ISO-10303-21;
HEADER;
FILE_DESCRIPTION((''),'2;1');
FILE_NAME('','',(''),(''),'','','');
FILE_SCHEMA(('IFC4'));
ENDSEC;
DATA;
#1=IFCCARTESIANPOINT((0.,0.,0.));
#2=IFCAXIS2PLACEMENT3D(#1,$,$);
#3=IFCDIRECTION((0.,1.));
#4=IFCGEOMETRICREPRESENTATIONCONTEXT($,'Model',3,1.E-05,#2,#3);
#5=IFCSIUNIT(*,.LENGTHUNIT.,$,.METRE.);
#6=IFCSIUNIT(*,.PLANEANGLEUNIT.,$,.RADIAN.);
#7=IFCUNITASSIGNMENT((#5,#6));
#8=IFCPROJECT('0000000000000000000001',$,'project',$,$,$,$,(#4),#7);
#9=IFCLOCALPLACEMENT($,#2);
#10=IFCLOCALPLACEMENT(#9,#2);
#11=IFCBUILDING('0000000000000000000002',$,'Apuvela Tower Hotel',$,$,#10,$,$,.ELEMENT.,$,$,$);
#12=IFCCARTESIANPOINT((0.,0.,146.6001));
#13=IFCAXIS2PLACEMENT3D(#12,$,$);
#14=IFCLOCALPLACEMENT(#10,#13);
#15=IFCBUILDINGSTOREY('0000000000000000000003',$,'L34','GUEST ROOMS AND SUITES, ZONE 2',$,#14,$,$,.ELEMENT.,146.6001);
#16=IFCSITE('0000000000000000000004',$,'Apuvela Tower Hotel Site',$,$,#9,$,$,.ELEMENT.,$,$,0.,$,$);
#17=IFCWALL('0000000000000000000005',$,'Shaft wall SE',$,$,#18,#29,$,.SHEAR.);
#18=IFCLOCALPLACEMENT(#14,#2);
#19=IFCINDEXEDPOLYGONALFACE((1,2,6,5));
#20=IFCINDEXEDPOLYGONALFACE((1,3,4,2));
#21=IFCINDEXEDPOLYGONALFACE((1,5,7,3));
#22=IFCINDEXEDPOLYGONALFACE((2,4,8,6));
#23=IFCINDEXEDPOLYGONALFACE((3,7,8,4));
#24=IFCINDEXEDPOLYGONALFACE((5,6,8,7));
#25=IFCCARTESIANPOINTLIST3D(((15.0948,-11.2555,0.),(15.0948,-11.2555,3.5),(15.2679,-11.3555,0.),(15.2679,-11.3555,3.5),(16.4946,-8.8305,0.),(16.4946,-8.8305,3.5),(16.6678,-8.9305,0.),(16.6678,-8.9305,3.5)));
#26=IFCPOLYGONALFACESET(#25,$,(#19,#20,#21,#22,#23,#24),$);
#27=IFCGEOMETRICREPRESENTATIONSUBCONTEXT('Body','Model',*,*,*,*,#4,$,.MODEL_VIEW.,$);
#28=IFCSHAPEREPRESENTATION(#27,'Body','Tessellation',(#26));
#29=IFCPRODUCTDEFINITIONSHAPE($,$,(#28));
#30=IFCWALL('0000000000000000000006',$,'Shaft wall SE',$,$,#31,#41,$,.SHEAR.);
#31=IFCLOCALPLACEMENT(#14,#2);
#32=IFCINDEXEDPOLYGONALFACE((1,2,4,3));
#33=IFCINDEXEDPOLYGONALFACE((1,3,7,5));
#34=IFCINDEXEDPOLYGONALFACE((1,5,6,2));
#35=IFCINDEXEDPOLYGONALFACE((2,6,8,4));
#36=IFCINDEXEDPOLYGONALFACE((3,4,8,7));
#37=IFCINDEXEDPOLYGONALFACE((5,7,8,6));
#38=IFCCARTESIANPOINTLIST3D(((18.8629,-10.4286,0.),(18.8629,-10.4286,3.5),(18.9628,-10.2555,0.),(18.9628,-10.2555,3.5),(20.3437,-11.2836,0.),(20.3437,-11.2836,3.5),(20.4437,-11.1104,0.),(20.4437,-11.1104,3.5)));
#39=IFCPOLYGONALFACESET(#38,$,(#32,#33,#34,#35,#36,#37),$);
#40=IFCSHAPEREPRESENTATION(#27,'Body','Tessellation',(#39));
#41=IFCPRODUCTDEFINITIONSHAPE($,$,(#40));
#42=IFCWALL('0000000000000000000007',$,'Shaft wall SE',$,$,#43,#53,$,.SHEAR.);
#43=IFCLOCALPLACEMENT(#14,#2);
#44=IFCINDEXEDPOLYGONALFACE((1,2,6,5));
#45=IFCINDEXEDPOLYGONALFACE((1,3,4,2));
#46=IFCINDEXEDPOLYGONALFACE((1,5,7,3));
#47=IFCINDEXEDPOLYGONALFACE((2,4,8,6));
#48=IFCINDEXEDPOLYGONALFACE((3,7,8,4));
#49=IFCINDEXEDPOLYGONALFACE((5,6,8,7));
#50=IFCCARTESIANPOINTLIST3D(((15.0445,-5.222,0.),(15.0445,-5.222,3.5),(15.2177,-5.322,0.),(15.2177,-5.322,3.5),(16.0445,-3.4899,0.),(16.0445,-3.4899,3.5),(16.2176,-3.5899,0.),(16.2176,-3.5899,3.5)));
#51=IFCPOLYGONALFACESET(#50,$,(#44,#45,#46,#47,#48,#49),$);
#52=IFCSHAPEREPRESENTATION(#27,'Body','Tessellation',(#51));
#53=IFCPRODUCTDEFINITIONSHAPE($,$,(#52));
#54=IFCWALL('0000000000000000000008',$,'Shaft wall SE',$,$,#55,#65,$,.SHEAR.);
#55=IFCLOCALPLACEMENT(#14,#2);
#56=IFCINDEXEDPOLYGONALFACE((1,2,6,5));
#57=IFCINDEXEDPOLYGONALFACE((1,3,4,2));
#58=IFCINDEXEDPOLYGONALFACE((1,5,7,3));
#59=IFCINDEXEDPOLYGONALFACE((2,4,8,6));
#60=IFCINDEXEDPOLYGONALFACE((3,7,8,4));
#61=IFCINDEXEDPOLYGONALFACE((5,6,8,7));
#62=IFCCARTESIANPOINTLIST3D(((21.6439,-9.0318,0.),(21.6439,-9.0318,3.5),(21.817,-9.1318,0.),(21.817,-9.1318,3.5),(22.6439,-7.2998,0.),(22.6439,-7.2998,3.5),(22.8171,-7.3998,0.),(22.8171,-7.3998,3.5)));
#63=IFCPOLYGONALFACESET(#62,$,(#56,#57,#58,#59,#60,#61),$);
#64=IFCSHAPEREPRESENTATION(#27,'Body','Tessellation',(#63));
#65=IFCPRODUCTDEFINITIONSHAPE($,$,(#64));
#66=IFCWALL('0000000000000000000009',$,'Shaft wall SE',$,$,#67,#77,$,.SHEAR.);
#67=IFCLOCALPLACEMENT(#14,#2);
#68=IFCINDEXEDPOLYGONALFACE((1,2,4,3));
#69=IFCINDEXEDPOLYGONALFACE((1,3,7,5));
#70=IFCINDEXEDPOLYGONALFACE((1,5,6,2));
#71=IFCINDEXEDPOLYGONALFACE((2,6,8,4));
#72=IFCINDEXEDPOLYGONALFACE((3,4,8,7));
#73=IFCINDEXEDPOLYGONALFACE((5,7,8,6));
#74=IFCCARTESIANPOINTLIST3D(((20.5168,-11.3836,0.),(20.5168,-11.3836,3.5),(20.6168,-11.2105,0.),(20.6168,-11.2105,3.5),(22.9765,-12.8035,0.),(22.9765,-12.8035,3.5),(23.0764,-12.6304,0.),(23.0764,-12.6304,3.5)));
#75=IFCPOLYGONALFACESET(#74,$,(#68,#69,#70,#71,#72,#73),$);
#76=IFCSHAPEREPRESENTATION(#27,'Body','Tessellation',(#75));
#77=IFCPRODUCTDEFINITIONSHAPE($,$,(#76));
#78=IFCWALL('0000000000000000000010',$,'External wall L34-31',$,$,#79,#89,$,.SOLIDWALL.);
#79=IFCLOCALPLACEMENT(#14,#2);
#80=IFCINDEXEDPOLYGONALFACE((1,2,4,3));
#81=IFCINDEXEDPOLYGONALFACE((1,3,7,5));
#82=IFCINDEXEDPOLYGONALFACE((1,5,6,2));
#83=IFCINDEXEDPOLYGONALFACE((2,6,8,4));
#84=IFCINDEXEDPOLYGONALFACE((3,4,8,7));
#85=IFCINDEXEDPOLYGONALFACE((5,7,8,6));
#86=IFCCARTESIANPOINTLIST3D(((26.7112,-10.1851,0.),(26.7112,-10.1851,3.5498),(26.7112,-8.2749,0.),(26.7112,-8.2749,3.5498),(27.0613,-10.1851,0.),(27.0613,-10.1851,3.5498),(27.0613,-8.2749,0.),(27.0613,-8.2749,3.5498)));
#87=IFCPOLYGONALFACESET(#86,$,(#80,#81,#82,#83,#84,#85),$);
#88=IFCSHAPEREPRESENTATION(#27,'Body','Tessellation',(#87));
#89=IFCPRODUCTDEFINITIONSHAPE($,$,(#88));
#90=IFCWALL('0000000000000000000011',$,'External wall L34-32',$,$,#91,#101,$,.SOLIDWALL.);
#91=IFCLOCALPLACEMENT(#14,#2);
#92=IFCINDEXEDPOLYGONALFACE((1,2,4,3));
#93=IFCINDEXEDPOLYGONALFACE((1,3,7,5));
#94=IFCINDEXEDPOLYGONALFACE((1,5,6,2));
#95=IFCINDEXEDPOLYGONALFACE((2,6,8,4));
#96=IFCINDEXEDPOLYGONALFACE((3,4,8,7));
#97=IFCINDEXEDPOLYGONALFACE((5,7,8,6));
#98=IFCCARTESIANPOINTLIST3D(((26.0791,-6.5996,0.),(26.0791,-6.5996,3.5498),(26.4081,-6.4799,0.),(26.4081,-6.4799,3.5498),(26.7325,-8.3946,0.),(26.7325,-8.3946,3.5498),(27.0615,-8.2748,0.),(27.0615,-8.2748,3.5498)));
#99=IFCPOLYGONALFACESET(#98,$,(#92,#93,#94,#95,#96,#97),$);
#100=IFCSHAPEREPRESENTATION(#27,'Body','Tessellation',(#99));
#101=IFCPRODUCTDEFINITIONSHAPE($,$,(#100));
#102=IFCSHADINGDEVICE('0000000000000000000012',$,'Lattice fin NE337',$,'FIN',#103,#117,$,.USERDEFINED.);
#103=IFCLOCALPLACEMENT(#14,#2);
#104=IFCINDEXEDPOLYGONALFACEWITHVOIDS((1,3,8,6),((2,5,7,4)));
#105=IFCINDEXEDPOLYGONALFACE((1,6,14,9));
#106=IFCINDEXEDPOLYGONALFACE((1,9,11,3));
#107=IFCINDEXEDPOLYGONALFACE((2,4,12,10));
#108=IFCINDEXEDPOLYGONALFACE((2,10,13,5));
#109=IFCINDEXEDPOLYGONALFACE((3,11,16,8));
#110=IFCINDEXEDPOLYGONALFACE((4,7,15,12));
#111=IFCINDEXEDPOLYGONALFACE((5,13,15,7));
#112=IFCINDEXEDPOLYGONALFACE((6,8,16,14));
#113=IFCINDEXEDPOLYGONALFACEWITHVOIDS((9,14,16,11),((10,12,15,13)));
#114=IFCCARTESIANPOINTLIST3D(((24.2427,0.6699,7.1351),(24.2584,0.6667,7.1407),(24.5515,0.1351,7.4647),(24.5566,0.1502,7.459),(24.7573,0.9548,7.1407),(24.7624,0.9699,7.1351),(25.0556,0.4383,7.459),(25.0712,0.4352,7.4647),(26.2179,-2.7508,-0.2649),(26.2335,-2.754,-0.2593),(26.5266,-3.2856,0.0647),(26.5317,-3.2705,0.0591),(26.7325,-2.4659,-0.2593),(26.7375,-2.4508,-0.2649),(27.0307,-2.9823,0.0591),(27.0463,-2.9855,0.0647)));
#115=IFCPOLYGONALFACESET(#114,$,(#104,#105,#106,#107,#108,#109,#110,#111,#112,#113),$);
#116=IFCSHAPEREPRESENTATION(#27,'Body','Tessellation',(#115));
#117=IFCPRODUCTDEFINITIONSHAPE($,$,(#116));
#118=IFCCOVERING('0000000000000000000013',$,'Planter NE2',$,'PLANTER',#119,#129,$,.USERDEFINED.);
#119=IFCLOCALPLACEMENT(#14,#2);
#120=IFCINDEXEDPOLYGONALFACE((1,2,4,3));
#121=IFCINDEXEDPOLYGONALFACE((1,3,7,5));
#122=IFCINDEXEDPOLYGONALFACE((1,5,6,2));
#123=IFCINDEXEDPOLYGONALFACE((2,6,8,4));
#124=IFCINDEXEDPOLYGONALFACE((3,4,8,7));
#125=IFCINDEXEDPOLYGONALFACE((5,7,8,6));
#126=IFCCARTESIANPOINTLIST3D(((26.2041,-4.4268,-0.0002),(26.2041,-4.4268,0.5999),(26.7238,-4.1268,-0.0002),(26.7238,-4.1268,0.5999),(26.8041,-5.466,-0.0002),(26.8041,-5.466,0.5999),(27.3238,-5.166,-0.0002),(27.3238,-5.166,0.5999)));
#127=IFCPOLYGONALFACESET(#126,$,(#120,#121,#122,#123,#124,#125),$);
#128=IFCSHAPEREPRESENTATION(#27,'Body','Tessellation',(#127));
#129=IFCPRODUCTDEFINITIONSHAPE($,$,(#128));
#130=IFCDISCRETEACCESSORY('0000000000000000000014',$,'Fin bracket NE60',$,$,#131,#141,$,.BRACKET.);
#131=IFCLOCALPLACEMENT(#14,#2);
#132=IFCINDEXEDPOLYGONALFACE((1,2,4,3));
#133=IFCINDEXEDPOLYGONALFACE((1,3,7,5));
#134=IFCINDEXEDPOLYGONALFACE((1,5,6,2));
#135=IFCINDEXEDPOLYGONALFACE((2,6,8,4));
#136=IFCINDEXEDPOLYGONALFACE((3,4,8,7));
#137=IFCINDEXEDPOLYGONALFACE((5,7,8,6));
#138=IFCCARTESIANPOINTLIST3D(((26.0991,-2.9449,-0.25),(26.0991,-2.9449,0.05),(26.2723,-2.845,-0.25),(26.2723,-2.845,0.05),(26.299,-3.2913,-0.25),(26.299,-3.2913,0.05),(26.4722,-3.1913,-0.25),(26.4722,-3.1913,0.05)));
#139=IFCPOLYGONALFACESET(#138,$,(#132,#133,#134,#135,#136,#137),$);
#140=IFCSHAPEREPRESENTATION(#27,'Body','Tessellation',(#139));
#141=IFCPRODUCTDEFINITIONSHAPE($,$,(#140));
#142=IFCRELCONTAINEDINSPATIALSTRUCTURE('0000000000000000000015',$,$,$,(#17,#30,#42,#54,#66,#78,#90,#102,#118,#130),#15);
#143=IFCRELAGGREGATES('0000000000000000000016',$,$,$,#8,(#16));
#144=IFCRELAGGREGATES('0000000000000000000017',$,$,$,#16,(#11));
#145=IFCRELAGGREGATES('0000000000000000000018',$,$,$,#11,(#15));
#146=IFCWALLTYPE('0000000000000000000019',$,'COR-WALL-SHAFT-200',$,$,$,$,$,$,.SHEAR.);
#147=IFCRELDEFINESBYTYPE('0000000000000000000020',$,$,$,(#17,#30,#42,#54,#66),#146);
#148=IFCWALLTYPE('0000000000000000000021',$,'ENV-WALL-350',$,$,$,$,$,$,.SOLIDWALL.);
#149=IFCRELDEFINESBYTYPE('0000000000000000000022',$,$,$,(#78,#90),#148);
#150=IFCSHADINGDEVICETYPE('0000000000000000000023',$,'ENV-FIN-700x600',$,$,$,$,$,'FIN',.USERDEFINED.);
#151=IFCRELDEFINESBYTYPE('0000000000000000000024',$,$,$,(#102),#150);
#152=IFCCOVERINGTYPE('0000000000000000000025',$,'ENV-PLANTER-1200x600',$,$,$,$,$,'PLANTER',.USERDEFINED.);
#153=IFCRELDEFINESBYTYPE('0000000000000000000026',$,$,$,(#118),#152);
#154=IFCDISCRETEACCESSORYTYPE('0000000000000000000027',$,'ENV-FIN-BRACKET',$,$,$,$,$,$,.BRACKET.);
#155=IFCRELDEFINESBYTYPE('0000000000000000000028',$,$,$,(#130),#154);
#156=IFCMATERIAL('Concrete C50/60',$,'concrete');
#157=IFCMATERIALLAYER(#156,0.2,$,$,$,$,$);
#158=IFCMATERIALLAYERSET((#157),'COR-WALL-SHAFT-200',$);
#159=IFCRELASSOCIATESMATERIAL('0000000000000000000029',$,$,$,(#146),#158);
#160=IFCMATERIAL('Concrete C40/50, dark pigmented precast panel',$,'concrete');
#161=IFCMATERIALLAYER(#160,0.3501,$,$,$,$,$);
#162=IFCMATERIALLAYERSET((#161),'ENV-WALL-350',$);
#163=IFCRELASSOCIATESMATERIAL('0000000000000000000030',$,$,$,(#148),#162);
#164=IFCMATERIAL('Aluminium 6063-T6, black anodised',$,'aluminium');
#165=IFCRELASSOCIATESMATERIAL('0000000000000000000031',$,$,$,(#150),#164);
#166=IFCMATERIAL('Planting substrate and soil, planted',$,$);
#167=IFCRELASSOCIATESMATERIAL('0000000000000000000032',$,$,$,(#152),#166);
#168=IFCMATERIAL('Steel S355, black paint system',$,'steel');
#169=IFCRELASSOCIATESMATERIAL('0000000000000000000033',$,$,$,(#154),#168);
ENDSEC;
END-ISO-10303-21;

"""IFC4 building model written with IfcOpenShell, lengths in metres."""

from ifc_helpers import new_model, si_unit, direction, frame, frame_2d, origin, origin_2d, place, context, subcontext, project, spatial, rectangle, hollow_rectangle, extrude, material, layer, layer_set, material_profile, profile_set, type_object, element, save


model = new_model("IFC4")

# Units and contexts
model_context = context("Model", 3, precision=1e-05, world=origin(), true_north=direction((0.0, 1.0)))
body_context = subcontext(model_context, "Body", "Model", "MODEL_VIEW")
ifc_project = project(units=[si_unit("LENGTHUNIT", "METRE"), si_unit("PLANEANGLEUNIT", "RADIAN")], contexts=[model_context])

# Site, building, storey
site_placement = place(None, origin())
site = spatial("IfcSite", under=ifc_project, at=site_placement, Name="Apuvela Tower Hotel Site", CompositionType="ELEMENT", RefElevation=0.0)
building_placement = place(site_placement, origin())
building = spatial("IfcBuilding", under=site, at=building_placement, Name="Apuvela Tower Hotel", CompositionType="ELEMENT")
storey_placement = place(building_placement, frame((0.0, 0.0, 146.6001)))
storey = spatial("IfcBuildingStorey", under=building, at=storey_placement, Name="L34", Description="GUEST ROOMS AND SUITES, ZONE 2", CompositionType="ELEMENT", Elevation=146.6001)

# Walls
ifc_material_1 = material(Name="Concrete C50/60", Category="concrete")
ifc_layer_1 = layer(ifc_material_1, 0.2)
ifc_layer_set_1 = layer_set([ifc_layer_1], Name="COR-WALL-SHAFT-200")
wall_type_1 = type_object("IfcWallType", Name="COR-WALL-SHAFT-200", PredefinedType="SHEAR", material=ifc_layer_set_1)
wall_1_placement = place(storey_placement, frame((15.1814, -11.3054, 0.0), z_axis=(0.0, 0.0, 1.0), x_axis=(0.499946, 0.866056, 0.0)))
element("IfcWall", 1, at=wall_1_placement, inside=storey, type_object=wall_type_1, Name="Shaft wall SE", PredefinedType="SHEAR", context=body_context, shape_type="SweptSolid", body=[
    extrude(rectangle(XDim=2.8, YDim=0.2, at=frame_2d((1.3999, 0.0))), origin(), (0.0, 0.0, 1.0), 3.5),
])
wall_2_placement = place(storey_placement, frame((18.9128, -10.342, 0.0), z_axis=(0.0, 0.0, 1.0), x_axis=(0.866038, -0.499978, 0.0)))
element("IfcWall", 2, at=wall_2_placement, inside=storey, type_object=wall_type_1, Name="Shaft wall SE", PredefinedType="SHEAR", context=body_context, shape_type="SweptSolid", body=[
    extrude(rectangle(XDim=1.71, YDim=0.2, at=frame_2d((0.855, 0.0))), origin(), (0.0, 0.0, 1.0), 3.5),
])
for number, where, z_axis, x_axis, name in (
    (3, (15.1311, -5.272, 0.0), (0.0, 0.0, 1.0), (0.499973, 0.866041, 0.0), "Shaft wall SE"),
    (4, (21.7305, -9.0818, 0.0), (0.0, 0.0, 1.0), (0.500025, 0.866011, 0.0), "Shaft wall SE"),
):
    element("IfcWall", number, at=place(storey_placement, frame(where, z_axis=z_axis, x_axis=x_axis)), inside=storey, type_object=wall_type_1, Name=name, PredefinedType="SHEAR", context=body_context, shape_type="SweptSolid", body=[
        extrude(rectangle(XDim=2.0, YDim=0.2, at=frame_2d((1.0, 0.0))), origin(), (0.0, 0.0, 1.0), 3.5),
    ])
wall_3_placement = place(storey_placement, frame((20.5669, -11.2971, 0.0), z_axis=(0.0, 0.0, 1.0), x_axis=(0.866055, -0.499948, 0.0)))
element("IfcWall", 5, at=wall_3_placement, inside=storey, type_object=wall_type_1, Name="Shaft wall SE", PredefinedType="SHEAR", context=body_context, shape_type="SweptSolid", body=[
    extrude(rectangle(XDim=2.8401, YDim=0.2, at=frame_2d((1.4199, 0.0))), origin(), (0.0, 0.0, 1.0), 3.5),
])
ifc_material_2 = material(Name="Concrete C40/50, dark pigmented precast panel", Category="concrete")
ifc_layer_2 = layer(ifc_material_2, 0.3501)
ifc_layer_set_2 = layer_set([ifc_layer_2], Name="ENV-WALL-350")
wall_type_2 = type_object("IfcWallType", Name="ENV-WALL-350", PredefinedType="SOLIDWALL", material=ifc_layer_set_2)
for number, where, z_axis, x_axis, name in (
    (6, (26.8862, -10.1851, 0.0), (0.0, 0.0, 1.0), (0.0, 1.0, 0.0), "External wall L34-31"),
    (7, (26.897, -8.3347, 0.0), (0.0, 0.0, 1.0), (-0.34203, 0.939689, 0.0), "External wall L34-32"),
):
    element("IfcWall", number, at=place(storey_placement, frame(where, z_axis=z_axis, x_axis=x_axis)), inside=storey, type_object=wall_type_2, Name=name, PredefinedType="SOLIDWALL", context=body_context, shape_type="SweptSolid", body=[
        extrude(rectangle(XDim=1.9102, YDim=0.3501, at=frame_2d((0.9551, 0.0))), origin(), (0.0, 0.0, 1.0), 3.5498),
    ])

# Shading device
ifc_material_3 = material(Name="Aluminium 6063-T6, black anodised", Category="aluminium")
ifc_material_profile_1 = material_profile(ifc_material_3, hollow_rectangle(XDim=0.6001, YDim=0.7, WallThickness=0.012, at=origin_2d()), Name="AL BOX 700x600x12")
ifc_profile_set_1 = profile_set([ifc_material_profile_1], Name="Aluminium 6063-T6, black anodised")
shading_device_type = type_object("IfcShadingDeviceType", Name="ENV-FIN-700x600", ElementType="FIN", PredefinedType="USERDEFINED", material=ifc_profile_set_1)
shading_device_placement = place(storey_placement, frame((26.6321, -2.8682, -0.1001), z_axis=(-0.235464, 0.407798, 0.882189), x_axis=(-0.866005, -0.500035, 0.0)))
element("IfcShadingDevice", 8, at=shading_device_placement, inside=storey, type_object=shading_device_type, Name="Lattice fin NE337", ObjectType="FIN", PredefinedType="USERDEFINED", context=body_context, shape_type="SweptSolid", body=[
    extrude(hollow_rectangle(XDim=0.6001, YDim=0.7, WallThickness=0.012, at=origin_2d()), origin(), (0.0, 0.0, 1.0), 8.3882),
])

# Covering
ifc_material_4 = material(Name="Planting substrate and soil, planted")
covering_type = type_object("IfcCoveringType", Name="ENV-PLANTER-1200x600", ElementType="PLANTER", PredefinedType="USERDEFINED", material=ifc_material_4)
covering_placement = place(storey_placement, frame((26.7639, -4.7964, -0.0002), z_axis=(0.0, 0.0, 1.0), x_axis=(-0.5, 0.866025, 0.0)))
element("IfcCovering", 9, at=covering_placement, inside=storey, type_object=covering_type, Name="Planter NE2", ObjectType="PLANTER", PredefinedType="USERDEFINED", context=body_context, shape_type="SweptSolid", body=[
    extrude(rectangle(XDim=1.2, YDim=0.6001, at=origin_2d()), origin(), (0.0, 0.0, 1.0), 0.6001),
])

# Discrete accessory
ifc_material_5 = material(Name="Steel S355, black paint system", Category="steel")
discrete_accessory_type = type_object("IfcDiscreteAccessoryType", Name="ENV-FIN-BRACKET", PredefinedType="BRACKET", material=ifc_material_5)
discrete_accessory_placement = place(storey_placement, frame((26.2856, -3.0681, -0.25), z_axis=(0.0, 0.0, 1.0), x_axis=(-0.5, 0.866025, 0.0)))
element("IfcDiscreteAccessory", 10, at=discrete_accessory_placement, inside=storey, type_object=discrete_accessory_type, Name="Fin bracket NE60", PredefinedType="BRACKET", context=body_context, shape_type="SweptSolid", body=[
    extrude(rectangle(XDim=0.3999, YDim=0.2, at=origin_2d()), origin(), (0.0, 0.0, 1.0), 0.3),
])

save(model, "model.ifc")
